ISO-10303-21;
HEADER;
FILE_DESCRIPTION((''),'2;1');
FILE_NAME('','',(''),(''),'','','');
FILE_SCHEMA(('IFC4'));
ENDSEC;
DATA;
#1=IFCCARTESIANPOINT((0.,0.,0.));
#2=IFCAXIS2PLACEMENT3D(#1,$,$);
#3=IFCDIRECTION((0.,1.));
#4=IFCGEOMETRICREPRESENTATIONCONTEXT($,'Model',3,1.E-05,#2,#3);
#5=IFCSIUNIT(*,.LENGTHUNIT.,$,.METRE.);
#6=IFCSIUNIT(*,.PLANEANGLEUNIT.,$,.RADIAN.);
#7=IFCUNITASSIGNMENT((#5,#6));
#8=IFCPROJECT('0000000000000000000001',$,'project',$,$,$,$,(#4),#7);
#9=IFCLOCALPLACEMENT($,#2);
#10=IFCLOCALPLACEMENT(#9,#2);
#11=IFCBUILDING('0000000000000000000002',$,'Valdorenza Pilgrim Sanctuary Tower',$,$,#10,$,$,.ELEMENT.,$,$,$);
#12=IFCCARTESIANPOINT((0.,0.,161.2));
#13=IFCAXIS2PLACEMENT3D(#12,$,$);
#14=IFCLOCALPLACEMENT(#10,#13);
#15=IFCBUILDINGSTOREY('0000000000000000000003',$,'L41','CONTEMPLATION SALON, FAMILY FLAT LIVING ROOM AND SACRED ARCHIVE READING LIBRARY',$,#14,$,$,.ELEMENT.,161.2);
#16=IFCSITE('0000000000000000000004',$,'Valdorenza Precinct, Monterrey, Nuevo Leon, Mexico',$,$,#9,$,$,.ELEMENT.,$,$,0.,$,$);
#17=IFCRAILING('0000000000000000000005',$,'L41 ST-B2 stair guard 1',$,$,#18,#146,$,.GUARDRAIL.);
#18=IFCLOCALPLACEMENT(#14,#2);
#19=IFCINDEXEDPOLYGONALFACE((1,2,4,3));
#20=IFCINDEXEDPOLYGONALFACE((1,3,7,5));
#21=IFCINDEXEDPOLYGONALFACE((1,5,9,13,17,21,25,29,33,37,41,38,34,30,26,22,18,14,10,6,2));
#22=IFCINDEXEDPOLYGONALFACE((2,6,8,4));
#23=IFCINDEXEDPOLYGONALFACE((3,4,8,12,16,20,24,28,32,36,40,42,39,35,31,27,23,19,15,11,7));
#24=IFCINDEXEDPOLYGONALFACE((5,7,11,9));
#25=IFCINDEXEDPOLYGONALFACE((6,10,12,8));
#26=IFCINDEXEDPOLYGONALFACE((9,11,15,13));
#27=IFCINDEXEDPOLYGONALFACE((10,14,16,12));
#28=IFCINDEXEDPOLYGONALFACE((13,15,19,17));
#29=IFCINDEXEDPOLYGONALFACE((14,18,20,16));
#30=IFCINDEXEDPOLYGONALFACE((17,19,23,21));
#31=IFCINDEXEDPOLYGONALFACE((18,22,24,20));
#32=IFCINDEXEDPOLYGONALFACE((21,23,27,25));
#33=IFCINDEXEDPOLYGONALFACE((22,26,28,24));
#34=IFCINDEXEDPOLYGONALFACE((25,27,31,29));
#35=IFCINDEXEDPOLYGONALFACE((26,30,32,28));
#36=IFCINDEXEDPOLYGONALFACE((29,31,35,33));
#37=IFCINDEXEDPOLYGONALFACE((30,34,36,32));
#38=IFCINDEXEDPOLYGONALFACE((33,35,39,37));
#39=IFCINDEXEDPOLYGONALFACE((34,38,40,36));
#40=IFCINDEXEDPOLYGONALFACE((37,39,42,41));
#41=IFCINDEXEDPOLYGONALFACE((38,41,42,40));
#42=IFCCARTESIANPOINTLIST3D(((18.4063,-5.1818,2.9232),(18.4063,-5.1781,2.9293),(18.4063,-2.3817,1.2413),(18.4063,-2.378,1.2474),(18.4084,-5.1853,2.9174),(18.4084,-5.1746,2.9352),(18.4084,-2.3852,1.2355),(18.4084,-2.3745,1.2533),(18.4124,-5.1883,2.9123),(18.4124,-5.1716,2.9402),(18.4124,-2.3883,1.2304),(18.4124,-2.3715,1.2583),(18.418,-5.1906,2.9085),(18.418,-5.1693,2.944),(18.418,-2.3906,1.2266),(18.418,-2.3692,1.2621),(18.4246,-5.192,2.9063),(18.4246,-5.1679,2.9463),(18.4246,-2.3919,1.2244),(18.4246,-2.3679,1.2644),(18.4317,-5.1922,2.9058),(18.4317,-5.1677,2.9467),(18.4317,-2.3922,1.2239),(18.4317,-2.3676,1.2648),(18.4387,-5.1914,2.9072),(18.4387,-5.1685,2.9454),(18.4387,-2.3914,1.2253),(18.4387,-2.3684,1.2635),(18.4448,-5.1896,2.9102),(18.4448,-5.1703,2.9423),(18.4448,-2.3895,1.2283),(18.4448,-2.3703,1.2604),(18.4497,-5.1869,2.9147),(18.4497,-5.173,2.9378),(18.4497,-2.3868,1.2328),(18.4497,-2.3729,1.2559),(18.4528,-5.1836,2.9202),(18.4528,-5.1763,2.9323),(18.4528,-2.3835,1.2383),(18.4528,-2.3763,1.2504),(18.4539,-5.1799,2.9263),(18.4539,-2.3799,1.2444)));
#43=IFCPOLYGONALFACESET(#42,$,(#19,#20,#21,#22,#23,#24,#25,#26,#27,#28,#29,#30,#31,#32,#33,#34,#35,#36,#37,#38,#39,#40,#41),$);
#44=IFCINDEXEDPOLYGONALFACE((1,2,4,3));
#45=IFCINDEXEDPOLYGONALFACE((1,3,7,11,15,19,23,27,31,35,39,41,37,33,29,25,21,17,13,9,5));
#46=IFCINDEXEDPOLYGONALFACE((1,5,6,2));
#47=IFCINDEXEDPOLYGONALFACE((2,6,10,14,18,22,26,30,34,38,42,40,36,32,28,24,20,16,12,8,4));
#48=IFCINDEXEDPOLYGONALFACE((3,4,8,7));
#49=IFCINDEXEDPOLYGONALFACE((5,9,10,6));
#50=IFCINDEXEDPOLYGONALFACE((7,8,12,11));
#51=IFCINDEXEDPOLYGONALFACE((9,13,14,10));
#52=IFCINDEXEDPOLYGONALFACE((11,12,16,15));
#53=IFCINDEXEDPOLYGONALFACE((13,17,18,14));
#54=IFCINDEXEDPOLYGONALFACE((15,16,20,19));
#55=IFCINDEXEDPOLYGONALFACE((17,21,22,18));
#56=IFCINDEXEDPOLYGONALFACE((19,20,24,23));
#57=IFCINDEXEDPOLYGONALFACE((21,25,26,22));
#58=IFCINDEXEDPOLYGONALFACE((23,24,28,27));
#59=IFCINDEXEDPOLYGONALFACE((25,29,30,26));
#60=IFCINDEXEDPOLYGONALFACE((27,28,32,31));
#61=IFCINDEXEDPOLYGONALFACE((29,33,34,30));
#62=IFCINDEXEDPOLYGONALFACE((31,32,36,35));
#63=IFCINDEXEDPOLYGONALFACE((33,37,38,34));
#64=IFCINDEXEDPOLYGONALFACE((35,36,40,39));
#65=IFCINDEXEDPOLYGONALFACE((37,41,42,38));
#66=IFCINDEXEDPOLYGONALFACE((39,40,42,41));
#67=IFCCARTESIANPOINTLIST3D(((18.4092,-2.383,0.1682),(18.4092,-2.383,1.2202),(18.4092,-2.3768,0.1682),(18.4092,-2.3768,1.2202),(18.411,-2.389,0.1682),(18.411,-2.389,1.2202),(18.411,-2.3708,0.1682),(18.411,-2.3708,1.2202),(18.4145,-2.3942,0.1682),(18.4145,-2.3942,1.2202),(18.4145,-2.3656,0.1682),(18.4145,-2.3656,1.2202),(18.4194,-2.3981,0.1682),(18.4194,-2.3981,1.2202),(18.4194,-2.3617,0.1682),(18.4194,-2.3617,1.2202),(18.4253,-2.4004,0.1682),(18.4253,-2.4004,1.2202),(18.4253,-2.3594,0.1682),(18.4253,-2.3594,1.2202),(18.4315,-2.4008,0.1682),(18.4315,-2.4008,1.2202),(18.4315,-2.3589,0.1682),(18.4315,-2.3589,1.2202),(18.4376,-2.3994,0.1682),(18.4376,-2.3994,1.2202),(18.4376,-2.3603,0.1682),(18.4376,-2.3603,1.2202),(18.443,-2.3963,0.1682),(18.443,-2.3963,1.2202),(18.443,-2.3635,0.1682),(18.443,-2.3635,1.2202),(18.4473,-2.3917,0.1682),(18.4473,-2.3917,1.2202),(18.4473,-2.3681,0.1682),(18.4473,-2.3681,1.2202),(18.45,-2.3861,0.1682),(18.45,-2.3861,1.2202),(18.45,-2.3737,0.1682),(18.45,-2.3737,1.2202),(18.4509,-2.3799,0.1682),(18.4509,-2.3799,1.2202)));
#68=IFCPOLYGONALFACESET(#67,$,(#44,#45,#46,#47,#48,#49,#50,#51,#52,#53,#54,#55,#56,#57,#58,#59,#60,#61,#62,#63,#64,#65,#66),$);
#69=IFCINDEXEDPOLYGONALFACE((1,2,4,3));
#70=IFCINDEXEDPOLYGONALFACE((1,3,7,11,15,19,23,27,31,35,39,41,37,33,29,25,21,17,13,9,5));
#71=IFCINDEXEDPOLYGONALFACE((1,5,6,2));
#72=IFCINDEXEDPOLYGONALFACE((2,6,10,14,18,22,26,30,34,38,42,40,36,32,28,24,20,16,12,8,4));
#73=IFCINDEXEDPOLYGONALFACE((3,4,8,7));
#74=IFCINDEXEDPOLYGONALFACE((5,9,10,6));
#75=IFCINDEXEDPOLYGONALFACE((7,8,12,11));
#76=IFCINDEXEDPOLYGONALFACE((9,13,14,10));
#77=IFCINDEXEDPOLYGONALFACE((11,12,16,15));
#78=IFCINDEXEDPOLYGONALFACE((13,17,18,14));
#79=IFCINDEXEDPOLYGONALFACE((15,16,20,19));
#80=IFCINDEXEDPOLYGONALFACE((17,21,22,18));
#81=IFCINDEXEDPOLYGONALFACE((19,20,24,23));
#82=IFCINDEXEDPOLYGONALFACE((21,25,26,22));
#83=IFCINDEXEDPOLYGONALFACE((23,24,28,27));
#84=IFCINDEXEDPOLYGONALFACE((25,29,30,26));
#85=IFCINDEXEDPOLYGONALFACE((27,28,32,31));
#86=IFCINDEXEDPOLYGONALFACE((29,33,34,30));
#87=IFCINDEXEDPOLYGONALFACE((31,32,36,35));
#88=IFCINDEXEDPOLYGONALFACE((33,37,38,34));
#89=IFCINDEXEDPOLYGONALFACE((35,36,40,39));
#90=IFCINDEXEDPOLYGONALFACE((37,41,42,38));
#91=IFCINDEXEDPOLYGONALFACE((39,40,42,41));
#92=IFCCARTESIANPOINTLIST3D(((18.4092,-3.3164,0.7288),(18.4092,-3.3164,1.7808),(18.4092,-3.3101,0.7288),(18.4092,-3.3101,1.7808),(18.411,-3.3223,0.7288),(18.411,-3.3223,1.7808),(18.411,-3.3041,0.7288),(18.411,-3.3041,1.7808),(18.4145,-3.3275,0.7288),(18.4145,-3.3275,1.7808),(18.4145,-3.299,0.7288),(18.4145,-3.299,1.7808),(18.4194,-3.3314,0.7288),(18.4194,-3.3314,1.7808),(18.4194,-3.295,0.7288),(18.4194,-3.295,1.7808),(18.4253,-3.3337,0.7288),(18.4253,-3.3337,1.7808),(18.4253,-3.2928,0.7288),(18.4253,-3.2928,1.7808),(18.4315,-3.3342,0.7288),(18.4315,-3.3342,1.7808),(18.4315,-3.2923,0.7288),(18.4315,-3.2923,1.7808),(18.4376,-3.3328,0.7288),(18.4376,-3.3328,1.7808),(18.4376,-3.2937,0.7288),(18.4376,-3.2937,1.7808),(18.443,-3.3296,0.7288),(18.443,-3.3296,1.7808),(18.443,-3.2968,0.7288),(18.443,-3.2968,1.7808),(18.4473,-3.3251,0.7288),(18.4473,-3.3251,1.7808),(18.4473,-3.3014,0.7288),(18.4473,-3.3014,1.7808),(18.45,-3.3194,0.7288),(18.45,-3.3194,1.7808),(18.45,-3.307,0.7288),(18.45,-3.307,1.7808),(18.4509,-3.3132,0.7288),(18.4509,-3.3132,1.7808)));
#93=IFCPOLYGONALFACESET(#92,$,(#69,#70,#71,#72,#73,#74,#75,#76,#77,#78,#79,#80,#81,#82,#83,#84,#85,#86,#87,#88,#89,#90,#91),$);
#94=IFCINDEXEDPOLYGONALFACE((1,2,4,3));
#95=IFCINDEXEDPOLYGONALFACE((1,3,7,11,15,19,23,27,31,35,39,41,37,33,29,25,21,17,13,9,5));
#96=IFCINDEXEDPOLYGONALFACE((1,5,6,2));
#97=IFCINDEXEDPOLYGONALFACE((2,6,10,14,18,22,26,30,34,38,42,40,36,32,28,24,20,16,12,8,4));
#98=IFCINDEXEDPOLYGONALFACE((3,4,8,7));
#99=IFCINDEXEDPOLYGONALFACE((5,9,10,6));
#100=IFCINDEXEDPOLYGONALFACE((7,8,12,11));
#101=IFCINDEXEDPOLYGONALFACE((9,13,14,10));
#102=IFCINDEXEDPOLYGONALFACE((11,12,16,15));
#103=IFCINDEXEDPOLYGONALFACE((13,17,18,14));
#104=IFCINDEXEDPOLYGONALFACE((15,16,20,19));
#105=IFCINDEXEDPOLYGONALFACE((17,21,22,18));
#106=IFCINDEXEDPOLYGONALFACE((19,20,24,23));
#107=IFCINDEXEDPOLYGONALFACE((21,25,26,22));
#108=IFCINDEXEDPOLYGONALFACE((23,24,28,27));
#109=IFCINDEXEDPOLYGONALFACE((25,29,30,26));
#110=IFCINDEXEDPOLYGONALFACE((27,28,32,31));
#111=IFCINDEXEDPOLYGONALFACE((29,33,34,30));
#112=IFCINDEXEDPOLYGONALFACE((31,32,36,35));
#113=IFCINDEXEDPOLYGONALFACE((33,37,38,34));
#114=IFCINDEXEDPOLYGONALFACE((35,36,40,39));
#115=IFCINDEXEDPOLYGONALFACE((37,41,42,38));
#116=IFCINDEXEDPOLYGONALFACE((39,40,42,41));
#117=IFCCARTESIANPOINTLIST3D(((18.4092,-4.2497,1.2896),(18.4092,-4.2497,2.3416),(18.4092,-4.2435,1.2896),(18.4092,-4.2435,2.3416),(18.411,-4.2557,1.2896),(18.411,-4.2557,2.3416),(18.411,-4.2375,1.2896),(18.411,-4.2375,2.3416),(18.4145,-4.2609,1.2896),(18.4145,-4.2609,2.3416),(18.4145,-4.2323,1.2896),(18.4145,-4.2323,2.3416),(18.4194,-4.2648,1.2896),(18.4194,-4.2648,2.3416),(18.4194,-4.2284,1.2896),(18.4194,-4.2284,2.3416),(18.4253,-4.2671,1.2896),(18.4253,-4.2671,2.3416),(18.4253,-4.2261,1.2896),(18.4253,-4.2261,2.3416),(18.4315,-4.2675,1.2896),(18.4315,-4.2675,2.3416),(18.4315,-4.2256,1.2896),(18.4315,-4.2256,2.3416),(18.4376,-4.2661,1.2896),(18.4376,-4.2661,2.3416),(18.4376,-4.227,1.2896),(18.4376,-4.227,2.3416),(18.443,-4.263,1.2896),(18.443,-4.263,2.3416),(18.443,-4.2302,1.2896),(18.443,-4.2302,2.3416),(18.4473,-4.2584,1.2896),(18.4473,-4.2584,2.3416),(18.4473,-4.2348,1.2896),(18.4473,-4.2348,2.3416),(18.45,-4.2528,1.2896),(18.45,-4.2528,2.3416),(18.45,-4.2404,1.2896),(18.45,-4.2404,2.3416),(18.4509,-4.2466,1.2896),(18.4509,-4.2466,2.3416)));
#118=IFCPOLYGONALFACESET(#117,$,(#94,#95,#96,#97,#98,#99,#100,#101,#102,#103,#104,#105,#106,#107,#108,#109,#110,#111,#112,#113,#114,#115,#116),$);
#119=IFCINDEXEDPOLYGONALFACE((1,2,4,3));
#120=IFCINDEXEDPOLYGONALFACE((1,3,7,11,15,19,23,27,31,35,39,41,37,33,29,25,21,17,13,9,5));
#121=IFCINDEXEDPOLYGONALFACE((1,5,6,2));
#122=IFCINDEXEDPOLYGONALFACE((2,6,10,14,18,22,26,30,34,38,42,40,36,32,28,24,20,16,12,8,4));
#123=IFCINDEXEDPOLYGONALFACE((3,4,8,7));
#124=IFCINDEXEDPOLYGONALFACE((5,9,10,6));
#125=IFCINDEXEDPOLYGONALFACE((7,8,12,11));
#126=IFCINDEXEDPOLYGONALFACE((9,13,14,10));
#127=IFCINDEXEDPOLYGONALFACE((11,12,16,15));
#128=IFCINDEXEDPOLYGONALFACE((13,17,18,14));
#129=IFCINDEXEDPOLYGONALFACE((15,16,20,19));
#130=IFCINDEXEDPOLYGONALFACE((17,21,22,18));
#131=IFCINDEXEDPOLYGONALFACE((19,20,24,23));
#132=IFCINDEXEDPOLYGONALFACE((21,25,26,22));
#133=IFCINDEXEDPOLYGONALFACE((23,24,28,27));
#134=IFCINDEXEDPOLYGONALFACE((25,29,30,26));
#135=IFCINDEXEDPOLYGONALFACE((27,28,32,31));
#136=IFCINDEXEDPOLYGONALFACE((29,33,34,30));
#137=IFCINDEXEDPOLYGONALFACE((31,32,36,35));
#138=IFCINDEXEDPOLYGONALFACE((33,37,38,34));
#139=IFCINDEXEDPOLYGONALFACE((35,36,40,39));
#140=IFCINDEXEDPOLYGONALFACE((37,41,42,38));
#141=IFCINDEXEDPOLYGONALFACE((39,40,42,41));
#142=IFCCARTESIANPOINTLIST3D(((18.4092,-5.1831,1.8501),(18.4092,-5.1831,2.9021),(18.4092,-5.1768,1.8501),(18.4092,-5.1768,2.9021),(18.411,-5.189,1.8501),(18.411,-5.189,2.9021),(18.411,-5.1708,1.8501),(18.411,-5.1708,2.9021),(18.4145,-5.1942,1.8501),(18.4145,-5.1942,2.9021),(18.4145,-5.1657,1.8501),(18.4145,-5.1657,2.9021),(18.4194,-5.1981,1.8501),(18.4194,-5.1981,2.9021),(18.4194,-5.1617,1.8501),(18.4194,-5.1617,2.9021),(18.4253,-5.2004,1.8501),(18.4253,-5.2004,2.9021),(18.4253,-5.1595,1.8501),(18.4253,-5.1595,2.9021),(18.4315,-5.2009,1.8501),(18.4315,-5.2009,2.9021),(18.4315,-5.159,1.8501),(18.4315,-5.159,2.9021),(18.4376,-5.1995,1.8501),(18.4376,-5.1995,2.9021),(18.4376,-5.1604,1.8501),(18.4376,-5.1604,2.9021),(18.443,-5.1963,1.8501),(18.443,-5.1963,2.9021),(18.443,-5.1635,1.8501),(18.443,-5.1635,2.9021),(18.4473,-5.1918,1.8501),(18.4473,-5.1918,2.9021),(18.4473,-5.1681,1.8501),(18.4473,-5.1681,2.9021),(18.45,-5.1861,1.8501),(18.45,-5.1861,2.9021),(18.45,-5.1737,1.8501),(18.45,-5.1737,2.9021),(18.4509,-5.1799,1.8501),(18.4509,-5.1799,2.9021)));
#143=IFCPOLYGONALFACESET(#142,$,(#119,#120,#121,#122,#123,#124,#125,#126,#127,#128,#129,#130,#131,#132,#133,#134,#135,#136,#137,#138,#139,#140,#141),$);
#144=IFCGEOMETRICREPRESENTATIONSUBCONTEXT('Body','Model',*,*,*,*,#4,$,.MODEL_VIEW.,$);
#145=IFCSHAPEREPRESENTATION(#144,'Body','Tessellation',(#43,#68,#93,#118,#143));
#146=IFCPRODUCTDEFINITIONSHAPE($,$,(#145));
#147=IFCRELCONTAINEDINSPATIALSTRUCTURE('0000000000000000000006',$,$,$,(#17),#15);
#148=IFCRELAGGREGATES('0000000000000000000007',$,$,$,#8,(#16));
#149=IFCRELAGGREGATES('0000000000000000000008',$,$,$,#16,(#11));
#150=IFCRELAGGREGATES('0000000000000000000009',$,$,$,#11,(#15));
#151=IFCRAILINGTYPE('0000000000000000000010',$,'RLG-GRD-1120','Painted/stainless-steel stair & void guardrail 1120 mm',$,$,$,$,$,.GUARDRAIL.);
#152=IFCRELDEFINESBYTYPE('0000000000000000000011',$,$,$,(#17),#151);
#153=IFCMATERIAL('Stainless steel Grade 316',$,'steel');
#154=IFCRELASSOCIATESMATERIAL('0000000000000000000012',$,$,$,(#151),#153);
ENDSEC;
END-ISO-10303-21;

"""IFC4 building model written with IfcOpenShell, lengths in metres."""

from ifc_helpers import new_model, si_unit, direction, frame, origin, origin_2d, place, context, subcontext, project, spatial, circle, extrude, material, type_object, element, save


model = new_model("IFC4")

# Units and contexts
model_context = context("Model", 3, precision=1e-05, world=origin(), true_north=direction((0.0, 1.0)))
body_context = subcontext(model_context, "Body", "Model", "MODEL_VIEW")
ifc_project = project(units=[si_unit("LENGTHUNIT", "METRE"), si_unit("PLANEANGLEUNIT", "RADIAN")], contexts=[model_context])

# Site, building, storey
site_placement = place(None, origin())
site = spatial("IfcSite", under=ifc_project, at=site_placement, Name="Valdorenza Precinct, Monterrey, Nuevo Leon, Mexico", CompositionType="ELEMENT", RefElevation=0.0)
building_placement = place(site_placement, origin())
building = spatial("IfcBuilding", under=site, at=building_placement, Name="Valdorenza Pilgrim Sanctuary Tower", CompositionType="ELEMENT")
storey_placement = place(building_placement, frame((0.0, 0.0, 161.2)))
storey = spatial("IfcBuildingStorey", under=building, at=storey_placement, Name="L41", Description="CONTEMPLATION SALON, FAMILY FLAT LIVING ROOM AND SACRED ARCHIVE READING LIBRARY", CompositionType="ELEMENT", Elevation=161.2)

# Railing
ifc_material_1 = material(Name="Stainless steel Grade 316", Category="steel")
railing_type_1 = type_object("IfcRailingType", Name="RLG-GRD-1120", Description="Painted/stainless-steel stair & void guardrail 1120 mm", PredefinedType="GUARDRAIL", material=ifc_material_1)
railing_1_placement = place(storey_placement, frame((18.4299, -2.3799, 0.1682)))
element("IfcRailing", 1, at=railing_1_placement, inside=storey, type_object=railing_type_1, Name="L41 ST-B2 stair guard 1", PredefinedType="GUARDRAIL", context=body_context, shape_type="SweptSolid", body=[
    extrude(circle(Radius=0.0239, at=origin_2d()), frame((0.0, 0.0, 1.0762), z_axis=(0.0, -0.857242, 0.514913), x_axis=(1.0, 0.0, 0.0)), (0.0, 0.0, 1.0), 3.2664),
    extrude(circle(Radius=0.021, at=origin_2d()), origin(), (0.0, 0.0, 1.0), 1.052),
    extrude(circle(Radius=0.021, at=origin_2d()), frame((0.0, -0.9333, 0.5605)), (0.0, 0.0, 1.0), 1.052),
    extrude(circle(Radius=0.021, at=origin_2d()), frame((0.0, -1.8667, 1.1213)), (0.0, 0.0, 1.0), 1.052),
    extrude(circle(Radius=0.021, at=origin_2d()), frame((0.0, -2.8, 1.6819)), (0.0, 0.0, 1.0), 1.052),
])

save(model, "model.ifc")
